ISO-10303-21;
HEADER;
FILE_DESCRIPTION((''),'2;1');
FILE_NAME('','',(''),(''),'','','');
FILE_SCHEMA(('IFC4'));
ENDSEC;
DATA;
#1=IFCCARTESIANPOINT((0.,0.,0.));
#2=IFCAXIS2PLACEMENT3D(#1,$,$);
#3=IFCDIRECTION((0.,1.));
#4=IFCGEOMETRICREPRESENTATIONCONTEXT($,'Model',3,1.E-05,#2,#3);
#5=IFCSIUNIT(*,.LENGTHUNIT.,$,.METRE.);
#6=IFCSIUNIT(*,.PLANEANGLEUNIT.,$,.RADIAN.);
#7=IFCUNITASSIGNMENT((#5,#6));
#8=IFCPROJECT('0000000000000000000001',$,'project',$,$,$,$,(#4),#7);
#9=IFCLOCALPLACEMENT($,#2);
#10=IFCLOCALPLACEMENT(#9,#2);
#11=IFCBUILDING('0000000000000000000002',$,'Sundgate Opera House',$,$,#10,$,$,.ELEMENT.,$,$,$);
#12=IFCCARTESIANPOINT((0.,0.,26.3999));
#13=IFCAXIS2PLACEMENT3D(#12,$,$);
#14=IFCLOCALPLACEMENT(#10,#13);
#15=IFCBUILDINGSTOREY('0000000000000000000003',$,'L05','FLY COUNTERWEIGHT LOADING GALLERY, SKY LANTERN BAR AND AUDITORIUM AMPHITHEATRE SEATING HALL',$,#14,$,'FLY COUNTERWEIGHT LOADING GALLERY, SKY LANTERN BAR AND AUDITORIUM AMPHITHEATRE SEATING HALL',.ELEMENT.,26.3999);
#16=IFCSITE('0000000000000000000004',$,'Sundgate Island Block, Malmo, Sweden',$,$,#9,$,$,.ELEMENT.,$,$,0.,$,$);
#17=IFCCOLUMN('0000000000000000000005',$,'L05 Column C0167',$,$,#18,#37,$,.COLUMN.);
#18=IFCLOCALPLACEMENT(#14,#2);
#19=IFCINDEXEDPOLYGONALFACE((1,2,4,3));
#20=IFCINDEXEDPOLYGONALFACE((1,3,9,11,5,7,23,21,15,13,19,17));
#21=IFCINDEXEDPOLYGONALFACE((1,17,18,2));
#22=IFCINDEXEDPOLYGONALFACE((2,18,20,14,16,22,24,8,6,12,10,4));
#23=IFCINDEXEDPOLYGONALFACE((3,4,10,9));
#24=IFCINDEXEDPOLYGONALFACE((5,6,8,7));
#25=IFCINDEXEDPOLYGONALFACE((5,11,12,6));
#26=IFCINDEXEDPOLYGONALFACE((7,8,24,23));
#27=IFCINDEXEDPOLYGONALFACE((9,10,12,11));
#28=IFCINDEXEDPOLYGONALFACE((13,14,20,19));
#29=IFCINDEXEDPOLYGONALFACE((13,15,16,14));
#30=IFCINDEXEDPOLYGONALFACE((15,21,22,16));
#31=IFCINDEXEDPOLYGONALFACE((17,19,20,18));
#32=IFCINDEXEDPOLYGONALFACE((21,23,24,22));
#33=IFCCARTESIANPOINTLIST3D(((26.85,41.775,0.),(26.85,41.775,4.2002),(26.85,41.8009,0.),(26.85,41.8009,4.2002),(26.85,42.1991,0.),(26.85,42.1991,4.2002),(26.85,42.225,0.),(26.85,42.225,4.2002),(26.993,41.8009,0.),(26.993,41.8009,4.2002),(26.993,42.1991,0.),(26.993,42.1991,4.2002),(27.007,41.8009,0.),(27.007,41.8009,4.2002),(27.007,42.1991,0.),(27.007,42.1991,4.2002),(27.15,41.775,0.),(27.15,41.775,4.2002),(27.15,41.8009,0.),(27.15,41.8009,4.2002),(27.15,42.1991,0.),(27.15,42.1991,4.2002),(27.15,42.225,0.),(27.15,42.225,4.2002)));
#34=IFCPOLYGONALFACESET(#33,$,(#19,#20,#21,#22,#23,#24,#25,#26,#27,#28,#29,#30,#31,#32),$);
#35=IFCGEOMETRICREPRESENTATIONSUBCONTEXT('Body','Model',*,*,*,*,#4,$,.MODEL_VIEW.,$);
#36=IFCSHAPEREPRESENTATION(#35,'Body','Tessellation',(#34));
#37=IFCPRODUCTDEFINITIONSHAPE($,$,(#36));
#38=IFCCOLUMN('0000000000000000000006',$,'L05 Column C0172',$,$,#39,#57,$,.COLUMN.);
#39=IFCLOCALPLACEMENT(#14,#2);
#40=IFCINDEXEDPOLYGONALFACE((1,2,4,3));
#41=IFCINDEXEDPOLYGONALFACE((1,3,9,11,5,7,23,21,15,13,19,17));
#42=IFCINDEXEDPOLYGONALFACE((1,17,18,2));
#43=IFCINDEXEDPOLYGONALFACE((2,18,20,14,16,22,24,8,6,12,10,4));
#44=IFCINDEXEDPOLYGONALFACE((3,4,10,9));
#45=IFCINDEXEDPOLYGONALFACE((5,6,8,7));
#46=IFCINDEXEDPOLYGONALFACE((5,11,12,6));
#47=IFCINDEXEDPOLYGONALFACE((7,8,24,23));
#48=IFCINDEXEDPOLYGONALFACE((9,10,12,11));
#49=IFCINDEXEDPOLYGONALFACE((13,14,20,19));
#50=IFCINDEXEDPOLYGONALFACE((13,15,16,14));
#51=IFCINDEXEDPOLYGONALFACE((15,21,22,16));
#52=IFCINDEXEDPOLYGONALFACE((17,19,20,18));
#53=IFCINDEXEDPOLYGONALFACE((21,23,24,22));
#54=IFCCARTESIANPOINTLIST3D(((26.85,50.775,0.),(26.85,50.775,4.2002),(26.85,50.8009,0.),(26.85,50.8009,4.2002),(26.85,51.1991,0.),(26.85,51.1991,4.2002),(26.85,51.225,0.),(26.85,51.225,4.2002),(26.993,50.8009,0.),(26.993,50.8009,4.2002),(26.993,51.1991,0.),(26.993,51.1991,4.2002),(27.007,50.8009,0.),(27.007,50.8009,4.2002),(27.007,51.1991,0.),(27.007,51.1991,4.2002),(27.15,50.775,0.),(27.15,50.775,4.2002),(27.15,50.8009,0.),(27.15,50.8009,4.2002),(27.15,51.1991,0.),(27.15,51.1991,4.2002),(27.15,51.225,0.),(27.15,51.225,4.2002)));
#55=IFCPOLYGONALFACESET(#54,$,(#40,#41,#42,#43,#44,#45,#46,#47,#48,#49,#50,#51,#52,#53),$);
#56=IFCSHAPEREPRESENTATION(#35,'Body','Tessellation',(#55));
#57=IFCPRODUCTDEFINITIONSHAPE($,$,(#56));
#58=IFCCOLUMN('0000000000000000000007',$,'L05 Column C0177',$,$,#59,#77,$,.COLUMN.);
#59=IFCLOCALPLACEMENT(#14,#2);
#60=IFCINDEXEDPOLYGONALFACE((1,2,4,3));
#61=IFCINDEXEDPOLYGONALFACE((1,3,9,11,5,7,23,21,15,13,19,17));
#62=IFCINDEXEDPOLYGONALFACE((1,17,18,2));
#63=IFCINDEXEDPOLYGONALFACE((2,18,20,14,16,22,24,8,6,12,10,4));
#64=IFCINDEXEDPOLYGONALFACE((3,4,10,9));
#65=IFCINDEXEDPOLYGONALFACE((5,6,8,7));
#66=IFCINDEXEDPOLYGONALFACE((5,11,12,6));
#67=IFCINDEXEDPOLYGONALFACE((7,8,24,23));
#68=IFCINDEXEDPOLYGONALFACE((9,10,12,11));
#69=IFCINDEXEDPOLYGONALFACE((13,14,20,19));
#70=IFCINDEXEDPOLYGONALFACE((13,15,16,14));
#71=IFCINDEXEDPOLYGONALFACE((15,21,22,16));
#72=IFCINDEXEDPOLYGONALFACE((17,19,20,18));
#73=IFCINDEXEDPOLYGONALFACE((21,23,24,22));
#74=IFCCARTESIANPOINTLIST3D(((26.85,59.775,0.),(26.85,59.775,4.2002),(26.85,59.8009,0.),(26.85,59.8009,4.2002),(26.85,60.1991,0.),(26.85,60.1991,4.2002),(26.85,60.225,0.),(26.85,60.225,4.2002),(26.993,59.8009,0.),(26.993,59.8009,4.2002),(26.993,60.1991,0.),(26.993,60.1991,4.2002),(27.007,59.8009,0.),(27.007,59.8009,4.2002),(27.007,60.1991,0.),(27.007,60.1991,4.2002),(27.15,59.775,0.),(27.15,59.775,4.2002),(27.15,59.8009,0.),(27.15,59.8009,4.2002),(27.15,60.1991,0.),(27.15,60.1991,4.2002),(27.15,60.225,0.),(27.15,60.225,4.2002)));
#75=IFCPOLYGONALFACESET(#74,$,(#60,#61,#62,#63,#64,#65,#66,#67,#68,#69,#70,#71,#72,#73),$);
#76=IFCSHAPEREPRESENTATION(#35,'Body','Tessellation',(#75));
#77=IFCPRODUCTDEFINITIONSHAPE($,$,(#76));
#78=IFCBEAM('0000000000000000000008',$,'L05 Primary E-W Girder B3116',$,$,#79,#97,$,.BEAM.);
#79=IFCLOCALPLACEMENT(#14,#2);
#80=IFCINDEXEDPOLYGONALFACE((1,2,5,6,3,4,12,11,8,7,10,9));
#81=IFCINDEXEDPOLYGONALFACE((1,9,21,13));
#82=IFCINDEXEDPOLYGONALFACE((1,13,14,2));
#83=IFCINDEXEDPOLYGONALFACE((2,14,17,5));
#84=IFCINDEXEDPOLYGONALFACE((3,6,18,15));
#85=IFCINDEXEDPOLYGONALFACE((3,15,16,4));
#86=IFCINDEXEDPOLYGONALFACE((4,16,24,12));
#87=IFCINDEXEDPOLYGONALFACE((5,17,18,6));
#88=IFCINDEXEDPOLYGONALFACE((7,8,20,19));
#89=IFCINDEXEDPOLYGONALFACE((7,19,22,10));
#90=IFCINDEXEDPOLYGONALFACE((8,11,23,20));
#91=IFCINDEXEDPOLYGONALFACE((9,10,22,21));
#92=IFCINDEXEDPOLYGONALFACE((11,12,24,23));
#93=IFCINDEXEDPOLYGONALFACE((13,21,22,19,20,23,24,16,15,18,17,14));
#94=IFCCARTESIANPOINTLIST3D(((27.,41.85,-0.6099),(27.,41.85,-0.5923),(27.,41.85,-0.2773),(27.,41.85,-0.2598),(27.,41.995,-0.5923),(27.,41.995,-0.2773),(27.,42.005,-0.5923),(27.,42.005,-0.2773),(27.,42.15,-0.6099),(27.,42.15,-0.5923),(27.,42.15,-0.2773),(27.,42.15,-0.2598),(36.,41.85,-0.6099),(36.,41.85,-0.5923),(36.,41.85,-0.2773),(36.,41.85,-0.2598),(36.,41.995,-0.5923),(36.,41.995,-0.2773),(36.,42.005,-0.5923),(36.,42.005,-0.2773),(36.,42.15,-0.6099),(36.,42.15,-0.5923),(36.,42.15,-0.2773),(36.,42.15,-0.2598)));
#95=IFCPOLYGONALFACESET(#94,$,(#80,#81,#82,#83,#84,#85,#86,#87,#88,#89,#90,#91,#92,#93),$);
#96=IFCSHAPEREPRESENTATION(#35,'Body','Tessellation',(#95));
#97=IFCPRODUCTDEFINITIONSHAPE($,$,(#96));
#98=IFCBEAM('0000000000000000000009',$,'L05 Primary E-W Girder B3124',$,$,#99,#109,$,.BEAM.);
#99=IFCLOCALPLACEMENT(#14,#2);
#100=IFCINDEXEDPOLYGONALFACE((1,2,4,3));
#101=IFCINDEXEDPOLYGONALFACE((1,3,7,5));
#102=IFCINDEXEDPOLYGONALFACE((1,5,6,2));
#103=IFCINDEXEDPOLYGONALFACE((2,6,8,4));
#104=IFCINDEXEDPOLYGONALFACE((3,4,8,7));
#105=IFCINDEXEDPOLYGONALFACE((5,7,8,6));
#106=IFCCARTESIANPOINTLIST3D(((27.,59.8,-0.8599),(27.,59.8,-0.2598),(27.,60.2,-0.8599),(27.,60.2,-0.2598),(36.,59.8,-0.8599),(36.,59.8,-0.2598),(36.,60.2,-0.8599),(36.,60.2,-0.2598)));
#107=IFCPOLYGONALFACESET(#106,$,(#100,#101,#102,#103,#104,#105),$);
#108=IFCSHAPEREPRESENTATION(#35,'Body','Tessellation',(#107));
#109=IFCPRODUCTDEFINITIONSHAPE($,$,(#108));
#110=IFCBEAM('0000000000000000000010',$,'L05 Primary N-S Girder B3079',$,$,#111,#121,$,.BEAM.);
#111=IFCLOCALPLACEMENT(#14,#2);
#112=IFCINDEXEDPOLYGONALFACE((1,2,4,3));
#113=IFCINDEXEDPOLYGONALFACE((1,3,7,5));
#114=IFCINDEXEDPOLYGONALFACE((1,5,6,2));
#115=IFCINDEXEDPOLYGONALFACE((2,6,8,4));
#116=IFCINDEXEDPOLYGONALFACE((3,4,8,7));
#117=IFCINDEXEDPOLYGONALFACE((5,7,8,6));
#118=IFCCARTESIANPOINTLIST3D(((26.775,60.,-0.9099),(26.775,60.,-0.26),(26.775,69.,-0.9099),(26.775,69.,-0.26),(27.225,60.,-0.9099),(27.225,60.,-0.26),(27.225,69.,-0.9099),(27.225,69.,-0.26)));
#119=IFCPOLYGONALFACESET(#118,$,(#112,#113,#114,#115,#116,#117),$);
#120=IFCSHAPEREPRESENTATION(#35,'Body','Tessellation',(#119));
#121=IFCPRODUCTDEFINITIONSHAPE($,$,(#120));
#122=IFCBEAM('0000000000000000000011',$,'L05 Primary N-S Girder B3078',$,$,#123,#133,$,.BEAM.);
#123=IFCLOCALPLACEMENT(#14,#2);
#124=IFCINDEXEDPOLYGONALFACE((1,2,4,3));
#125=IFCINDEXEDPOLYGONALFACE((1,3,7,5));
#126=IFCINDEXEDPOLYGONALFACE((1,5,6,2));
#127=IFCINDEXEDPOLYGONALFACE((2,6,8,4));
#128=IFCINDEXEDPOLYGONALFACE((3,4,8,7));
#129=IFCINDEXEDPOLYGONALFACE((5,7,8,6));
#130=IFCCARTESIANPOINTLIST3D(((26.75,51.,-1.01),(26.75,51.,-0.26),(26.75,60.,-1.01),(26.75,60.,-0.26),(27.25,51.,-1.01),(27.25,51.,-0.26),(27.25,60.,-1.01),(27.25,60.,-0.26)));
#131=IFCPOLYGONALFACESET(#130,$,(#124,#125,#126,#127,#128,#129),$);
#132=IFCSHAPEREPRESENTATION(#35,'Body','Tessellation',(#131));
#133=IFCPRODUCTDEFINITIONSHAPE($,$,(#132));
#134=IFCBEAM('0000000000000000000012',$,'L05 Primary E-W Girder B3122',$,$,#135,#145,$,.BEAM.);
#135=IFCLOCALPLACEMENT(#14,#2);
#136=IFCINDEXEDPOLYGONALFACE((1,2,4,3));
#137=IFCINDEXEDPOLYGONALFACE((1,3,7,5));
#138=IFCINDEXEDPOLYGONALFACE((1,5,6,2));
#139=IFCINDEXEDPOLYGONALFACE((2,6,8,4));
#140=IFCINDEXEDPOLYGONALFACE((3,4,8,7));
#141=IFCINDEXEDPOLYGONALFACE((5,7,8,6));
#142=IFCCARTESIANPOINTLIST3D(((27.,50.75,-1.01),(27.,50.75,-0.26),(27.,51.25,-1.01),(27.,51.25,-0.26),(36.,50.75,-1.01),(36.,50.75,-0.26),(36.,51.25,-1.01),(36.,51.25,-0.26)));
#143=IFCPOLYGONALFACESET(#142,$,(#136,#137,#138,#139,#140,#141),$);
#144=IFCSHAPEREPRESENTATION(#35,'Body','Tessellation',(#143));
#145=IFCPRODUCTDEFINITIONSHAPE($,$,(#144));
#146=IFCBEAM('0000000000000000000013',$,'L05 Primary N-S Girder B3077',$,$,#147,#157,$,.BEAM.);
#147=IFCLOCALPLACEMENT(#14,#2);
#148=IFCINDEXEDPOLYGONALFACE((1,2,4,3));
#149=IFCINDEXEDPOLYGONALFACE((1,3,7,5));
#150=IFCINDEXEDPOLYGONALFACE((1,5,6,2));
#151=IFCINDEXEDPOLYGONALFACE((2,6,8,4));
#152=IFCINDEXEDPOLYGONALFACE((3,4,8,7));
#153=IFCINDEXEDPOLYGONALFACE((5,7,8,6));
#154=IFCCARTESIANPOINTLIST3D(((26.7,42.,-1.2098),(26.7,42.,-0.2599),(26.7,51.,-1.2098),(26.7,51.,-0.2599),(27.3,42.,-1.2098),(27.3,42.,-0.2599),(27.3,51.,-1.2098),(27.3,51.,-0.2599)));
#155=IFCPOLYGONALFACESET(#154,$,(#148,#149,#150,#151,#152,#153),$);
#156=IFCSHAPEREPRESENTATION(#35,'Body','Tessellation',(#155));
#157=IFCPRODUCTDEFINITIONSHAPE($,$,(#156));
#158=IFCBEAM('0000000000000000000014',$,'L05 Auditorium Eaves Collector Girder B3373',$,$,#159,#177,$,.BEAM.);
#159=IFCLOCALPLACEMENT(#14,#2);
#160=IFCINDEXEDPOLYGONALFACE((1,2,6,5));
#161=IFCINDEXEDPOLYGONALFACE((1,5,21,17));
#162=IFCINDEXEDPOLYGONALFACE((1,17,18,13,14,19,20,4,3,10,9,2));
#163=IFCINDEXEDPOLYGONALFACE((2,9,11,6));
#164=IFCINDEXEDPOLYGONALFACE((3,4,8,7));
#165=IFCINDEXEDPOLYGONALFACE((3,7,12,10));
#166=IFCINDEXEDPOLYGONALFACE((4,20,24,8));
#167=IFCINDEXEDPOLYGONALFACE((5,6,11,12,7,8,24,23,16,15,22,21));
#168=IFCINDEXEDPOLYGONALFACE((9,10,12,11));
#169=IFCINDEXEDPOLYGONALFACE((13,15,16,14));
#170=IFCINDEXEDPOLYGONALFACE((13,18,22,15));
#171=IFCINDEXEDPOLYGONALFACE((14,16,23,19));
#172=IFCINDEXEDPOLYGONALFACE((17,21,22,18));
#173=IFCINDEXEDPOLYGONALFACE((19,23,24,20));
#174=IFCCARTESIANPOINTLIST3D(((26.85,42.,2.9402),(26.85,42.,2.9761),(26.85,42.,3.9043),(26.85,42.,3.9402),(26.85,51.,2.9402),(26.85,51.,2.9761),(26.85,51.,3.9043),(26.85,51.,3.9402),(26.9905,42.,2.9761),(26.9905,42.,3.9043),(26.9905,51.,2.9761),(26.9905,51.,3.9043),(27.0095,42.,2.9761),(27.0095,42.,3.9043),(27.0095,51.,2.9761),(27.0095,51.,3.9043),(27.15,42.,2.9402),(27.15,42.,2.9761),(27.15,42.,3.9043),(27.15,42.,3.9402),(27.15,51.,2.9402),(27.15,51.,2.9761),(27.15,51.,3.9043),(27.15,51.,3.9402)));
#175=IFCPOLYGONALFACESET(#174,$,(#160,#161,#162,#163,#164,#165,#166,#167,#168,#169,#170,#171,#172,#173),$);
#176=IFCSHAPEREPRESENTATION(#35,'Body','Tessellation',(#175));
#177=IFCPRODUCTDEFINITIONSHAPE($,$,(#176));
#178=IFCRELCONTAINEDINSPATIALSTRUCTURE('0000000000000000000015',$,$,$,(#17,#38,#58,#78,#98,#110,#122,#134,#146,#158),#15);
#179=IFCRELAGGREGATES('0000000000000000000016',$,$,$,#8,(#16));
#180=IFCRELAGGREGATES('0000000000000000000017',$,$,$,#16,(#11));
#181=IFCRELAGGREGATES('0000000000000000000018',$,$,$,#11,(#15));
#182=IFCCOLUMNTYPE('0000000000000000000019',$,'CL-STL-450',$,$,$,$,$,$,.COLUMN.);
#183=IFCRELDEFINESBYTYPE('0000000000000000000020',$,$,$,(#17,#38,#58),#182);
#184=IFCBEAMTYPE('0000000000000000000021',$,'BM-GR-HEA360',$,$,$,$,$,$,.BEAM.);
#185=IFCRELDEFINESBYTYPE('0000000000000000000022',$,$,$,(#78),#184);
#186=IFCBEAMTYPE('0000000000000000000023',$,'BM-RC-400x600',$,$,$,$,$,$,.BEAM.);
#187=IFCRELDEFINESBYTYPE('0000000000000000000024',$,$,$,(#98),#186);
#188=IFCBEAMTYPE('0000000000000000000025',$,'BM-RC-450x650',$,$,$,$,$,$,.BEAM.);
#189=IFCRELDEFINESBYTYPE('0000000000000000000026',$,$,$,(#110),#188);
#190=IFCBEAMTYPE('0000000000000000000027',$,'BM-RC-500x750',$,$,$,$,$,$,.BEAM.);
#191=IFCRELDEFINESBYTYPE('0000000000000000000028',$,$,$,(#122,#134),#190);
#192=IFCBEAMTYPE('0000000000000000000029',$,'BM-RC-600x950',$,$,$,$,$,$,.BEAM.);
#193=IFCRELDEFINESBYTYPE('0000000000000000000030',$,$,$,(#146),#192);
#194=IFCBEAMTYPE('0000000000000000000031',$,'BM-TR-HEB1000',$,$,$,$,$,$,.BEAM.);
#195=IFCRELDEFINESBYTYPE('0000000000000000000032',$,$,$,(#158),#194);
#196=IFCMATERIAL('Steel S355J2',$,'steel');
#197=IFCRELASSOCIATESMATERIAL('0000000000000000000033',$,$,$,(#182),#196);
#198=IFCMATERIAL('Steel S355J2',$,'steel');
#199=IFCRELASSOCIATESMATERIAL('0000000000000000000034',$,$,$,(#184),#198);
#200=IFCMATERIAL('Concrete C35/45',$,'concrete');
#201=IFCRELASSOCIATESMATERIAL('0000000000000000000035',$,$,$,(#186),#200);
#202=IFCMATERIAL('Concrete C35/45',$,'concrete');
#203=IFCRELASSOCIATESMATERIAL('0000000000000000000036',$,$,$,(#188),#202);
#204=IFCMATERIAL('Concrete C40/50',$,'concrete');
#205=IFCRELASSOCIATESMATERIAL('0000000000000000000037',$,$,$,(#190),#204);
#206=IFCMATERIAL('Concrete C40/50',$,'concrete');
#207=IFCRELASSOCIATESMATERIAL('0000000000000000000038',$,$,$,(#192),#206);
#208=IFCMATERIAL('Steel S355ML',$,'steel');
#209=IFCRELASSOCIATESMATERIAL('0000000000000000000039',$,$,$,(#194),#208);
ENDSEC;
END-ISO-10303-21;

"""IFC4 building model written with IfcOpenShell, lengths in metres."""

from ifc_helpers import new_model, si_unit, direction, frame, origin, origin_2d, place, context, subcontext, project, spatial, rectangle, i_section, extrude, material, material_profile, profile_set, type_object, element, save


model = new_model("IFC4")

# Units and contexts
model_context = context("Model", 3, precision=1e-05, world=origin(), true_north=direction((0.0, 1.0)))
body_context = subcontext(model_context, "Body", "Model", "MODEL_VIEW")
ifc_project = project(units=[si_unit("LENGTHUNIT", "METRE"), si_unit("PLANEANGLEUNIT", "RADIAN")], contexts=[model_context])

# Site, building, storey
site_placement = place(None, origin())
site = spatial("IfcSite", under=ifc_project, at=site_placement, Name="Sundgate Island Block, Malmo, Sweden", CompositionType="ELEMENT", RefElevation=0.0)
building_placement = place(site_placement, origin())
building = spatial("IfcBuilding", under=site, at=building_placement, Name="Sundgate Opera House", CompositionType="ELEMENT")
storey_placement = place(building_placement, frame((0.0, 0.0, 26.3999)))
storey = spatial("IfcBuildingStorey", under=building, at=storey_placement, Name="L05", Description="FLY COUNTERWEIGHT LOADING GALLERY, SKY LANTERN BAR AND AUDITORIUM AMPHITHEATRE SEATING HALL", LongName="FLY COUNTERWEIGHT LOADING GALLERY, SKY LANTERN BAR AND AUDITORIUM AMPHITHEATRE SEATING HALL", CompositionType="ELEMENT", Elevation=26.3999)

# Columns
ifc_material_1 = material(Name="Steel S355J2", Category="steel")
ifc_material_profile_1 = material_profile(ifc_material_1, i_section(OverallWidth=0.3, OverallDepth=0.45, WebThickness=0.0139, FlangeThickness=0.0259, at=origin_2d()), Name="HEB 450")
ifc_profile_set_1 = profile_set([ifc_material_profile_1], Name="Steel S355J2")
column_type = type_object("IfcColumnType", Name="CL-STL-450", PredefinedType="COLUMN", material=ifc_profile_set_1)
for number, where, z_axis, x_axis, name in (
    (1, (27.0, 42.0, 0.0), (0.0, 0.0, 1.0), (1.0, 0.0, 0.0), "L05 Column C0167"),
    (2, (27.0, 51.0, 0.0), (0.0, 0.0, 1.0), (1.0, 0.0, 0.0), "L05 Column C0172"),
    (3, (27.0, 60.0, 0.0), (0.0, 0.0, 1.0), (1.0, 0.0, 0.0), "L05 Column C0177"),
):
    element("IfcColumn", number, at=place(storey_placement, frame(where, z_axis=z_axis, x_axis=x_axis)), inside=storey, type_object=column_type, Name=name, PredefinedType="COLUMN", context=body_context, shape_type="SweptSolid", body=[
        extrude(i_section(OverallWidth=0.3, OverallDepth=0.45, WebThickness=0.0139, FlangeThickness=0.0259, at=origin_2d()), origin(), (0.0, 0.0, 1.0), 4.2002),
    ])

# Beams
ifc_material_2 = material(Name="Steel S355J2", Category="steel")
ifc_material_profile_2 = material_profile(ifc_material_2, i_section(OverallWidth=0.3, OverallDepth=0.3501, WebThickness=0.01, FlangeThickness=0.0176, at=origin_2d()), Name="HEA 360")
ifc_profile_set_2 = profile_set([ifc_material_profile_2], Name="Steel S355J2")
beam_type_1 = type_object("IfcBeamType", Name="BM-GR-HEA360", PredefinedType="BEAM", material=ifc_profile_set_2)
beam_1_placement = place(storey_placement, frame((27.0, 42.0, -0.4348), z_axis=(1.0, 0.0, 0.0), x_axis=(0.0, 1.0, 0.0)))
element("IfcBeam", 4, at=beam_1_placement, inside=storey, type_object=beam_type_1, Name="L05 Primary E-W Girder B3116", PredefinedType="BEAM", context=body_context, shape_type="SweptSolid", body=[
    extrude(i_section(OverallWidth=0.3, OverallDepth=0.3501, WebThickness=0.01, FlangeThickness=0.0176, at=origin_2d()), origin(), (0.0, 0.0, 1.0), 9.0),
])
ifc_material_3 = material(Name="Concrete C35/45", Category="concrete")
ifc_material_profile_3 = material_profile(ifc_material_3, rectangle(XDim=0.3999, YDim=0.6001, at=origin_2d()), Name="RC 400x600")
ifc_profile_set_3 = profile_set([ifc_material_profile_3], Name="Concrete C35/45")
beam_type_2 = type_object("IfcBeamType", Name="BM-RC-400x600", PredefinedType="BEAM", material=ifc_profile_set_3)
beam_2_placement = place(storey_placement, frame((27.0, 60.0, -0.5598), z_axis=(1.0, 0.0, 0.0), x_axis=(0.0, 1.0, 0.0)))
element("IfcBeam", 5, at=beam_2_placement, inside=storey, type_object=beam_type_2, Name="L05 Primary E-W Girder B3124", PredefinedType="BEAM", context=body_context, shape_type="SweptSolid", body=[
    extrude(rectangle(XDim=0.3999, YDim=0.6001, at=origin_2d()), origin(), (0.0, 0.0, 1.0), 9.0),
])
ifc_material_4 = material(Name="Concrete C35/45", Category="concrete")
ifc_material_profile_4 = material_profile(ifc_material_4, rectangle(XDim=0.45, YDim=0.6499, at=origin_2d()), Name="RC 450x650")
ifc_profile_set_4 = profile_set([ifc_material_profile_4], Name="Concrete C35/45")
beam_type_3 = type_object("IfcBeamType", Name="BM-RC-450x650", PredefinedType="BEAM", material=ifc_profile_set_4)
beam_3_placement = place(storey_placement, frame((27.0, 60.0, -0.585), z_axis=(0.0, 1.0, 0.0), x_axis=(-1.0, 0.0, 0.0)))
element("IfcBeam", 6, at=beam_3_placement, inside=storey, type_object=beam_type_3, Name="L05 Primary N-S Girder B3079", PredefinedType="BEAM", context=body_context, shape_type="SweptSolid", body=[
    extrude(rectangle(XDim=0.45, YDim=0.6499, at=origin_2d()), origin(), (0.0, 0.0, 1.0), 9.0),
])
ifc_material_5 = material(Name="Concrete C40/50", Category="concrete")
ifc_material_profile_5 = material_profile(ifc_material_5, rectangle(XDim=0.5, YDim=0.75, at=origin_2d()), Name="RC 500x750")
ifc_profile_set_5 = profile_set([ifc_material_profile_5], Name="Concrete C40/50")
beam_type_4 = type_object("IfcBeamType", Name="BM-RC-500x750", PredefinedType="BEAM", material=ifc_profile_set_5)
for number, where, z_axis, x_axis, name in (
    (7, (27.0, 51.0, -0.635), (0.0, 1.0, 0.0), (-1.0, 0.0, 0.0), "L05 Primary N-S Girder B3078"),
    (8, (27.0, 51.0, -0.635), (1.0, 0.0, 0.0), (0.0, 1.0, 0.0), "L05 Primary E-W Girder B3122"),
):
    element("IfcBeam", number, at=place(storey_placement, frame(where, z_axis=z_axis, x_axis=x_axis)), inside=storey, type_object=beam_type_4, Name=name, PredefinedType="BEAM", context=body_context, shape_type="SweptSolid", body=[
        extrude(rectangle(XDim=0.5, YDim=0.75, at=origin_2d()), origin(), (0.0, 0.0, 1.0), 9.0),
    ])
ifc_material_6 = material(Name="Concrete C40/50", Category="concrete")
ifc_material_profile_6 = material_profile(ifc_material_6, rectangle(XDim=0.6001, YDim=0.95, at=origin_2d()), Name="RC 600x950")
ifc_profile_set_6 = profile_set([ifc_material_profile_6], Name="Concrete C40/50")
beam_type_5 = type_object("IfcBeamType", Name="BM-RC-600x950", PredefinedType="BEAM", material=ifc_profile_set_6)
beam_4_placement = place(storey_placement, frame((27.0, 42.0, -0.7349), z_axis=(0.0, 1.0, 0.0), x_axis=(-1.0, 0.0, 0.0)))
element("IfcBeam", 9, at=beam_4_placement, inside=storey, type_object=beam_type_5, Name="L05 Primary N-S Girder B3077", PredefinedType="BEAM", context=body_context, shape_type="SweptSolid", body=[
    extrude(rectangle(XDim=0.6001, YDim=0.95, at=origin_2d()), origin(), (0.0, 0.0, 1.0), 9.0),
])
ifc_material_7 = material(Name="Steel S355ML", Category="steel")
ifc_material_profile_7 = material_profile(ifc_material_7, i_section(OverallWidth=0.3, OverallDepth=1.0, WebThickness=0.019, FlangeThickness=0.0359, at=origin_2d()), Name="HEB 1000")
ifc_profile_set_7 = profile_set([ifc_material_profile_7], Name="Steel S355ML")
beam_type_6 = type_object("IfcBeamType", Name="BM-TR-HEB1000", PredefinedType="BEAM", material=ifc_profile_set_7)
for number, where, z_axis, x_axis, name in (
    (10, (27.0, 42.0, 3.4402), (0.0, 1.0, 0.0), (-1.0, 0.0, 0.0), "L05 Auditorium Eaves Collector Girder B3373"),
):
    element("IfcBeam", number, at=place(storey_placement, frame(where, z_axis=z_axis, x_axis=x_axis)), inside=storey, type_object=beam_type_6, Name=name, PredefinedType="BEAM", context=body_context, shape_type="SweptSolid", body=[
        extrude(i_section(OverallWidth=0.3, OverallDepth=1.0, WebThickness=0.019, FlangeThickness=0.0359, at=origin_2d()), origin(), (0.0, 0.0, 1.0), 9.0),
    ])

save(model, "model.ifc")
